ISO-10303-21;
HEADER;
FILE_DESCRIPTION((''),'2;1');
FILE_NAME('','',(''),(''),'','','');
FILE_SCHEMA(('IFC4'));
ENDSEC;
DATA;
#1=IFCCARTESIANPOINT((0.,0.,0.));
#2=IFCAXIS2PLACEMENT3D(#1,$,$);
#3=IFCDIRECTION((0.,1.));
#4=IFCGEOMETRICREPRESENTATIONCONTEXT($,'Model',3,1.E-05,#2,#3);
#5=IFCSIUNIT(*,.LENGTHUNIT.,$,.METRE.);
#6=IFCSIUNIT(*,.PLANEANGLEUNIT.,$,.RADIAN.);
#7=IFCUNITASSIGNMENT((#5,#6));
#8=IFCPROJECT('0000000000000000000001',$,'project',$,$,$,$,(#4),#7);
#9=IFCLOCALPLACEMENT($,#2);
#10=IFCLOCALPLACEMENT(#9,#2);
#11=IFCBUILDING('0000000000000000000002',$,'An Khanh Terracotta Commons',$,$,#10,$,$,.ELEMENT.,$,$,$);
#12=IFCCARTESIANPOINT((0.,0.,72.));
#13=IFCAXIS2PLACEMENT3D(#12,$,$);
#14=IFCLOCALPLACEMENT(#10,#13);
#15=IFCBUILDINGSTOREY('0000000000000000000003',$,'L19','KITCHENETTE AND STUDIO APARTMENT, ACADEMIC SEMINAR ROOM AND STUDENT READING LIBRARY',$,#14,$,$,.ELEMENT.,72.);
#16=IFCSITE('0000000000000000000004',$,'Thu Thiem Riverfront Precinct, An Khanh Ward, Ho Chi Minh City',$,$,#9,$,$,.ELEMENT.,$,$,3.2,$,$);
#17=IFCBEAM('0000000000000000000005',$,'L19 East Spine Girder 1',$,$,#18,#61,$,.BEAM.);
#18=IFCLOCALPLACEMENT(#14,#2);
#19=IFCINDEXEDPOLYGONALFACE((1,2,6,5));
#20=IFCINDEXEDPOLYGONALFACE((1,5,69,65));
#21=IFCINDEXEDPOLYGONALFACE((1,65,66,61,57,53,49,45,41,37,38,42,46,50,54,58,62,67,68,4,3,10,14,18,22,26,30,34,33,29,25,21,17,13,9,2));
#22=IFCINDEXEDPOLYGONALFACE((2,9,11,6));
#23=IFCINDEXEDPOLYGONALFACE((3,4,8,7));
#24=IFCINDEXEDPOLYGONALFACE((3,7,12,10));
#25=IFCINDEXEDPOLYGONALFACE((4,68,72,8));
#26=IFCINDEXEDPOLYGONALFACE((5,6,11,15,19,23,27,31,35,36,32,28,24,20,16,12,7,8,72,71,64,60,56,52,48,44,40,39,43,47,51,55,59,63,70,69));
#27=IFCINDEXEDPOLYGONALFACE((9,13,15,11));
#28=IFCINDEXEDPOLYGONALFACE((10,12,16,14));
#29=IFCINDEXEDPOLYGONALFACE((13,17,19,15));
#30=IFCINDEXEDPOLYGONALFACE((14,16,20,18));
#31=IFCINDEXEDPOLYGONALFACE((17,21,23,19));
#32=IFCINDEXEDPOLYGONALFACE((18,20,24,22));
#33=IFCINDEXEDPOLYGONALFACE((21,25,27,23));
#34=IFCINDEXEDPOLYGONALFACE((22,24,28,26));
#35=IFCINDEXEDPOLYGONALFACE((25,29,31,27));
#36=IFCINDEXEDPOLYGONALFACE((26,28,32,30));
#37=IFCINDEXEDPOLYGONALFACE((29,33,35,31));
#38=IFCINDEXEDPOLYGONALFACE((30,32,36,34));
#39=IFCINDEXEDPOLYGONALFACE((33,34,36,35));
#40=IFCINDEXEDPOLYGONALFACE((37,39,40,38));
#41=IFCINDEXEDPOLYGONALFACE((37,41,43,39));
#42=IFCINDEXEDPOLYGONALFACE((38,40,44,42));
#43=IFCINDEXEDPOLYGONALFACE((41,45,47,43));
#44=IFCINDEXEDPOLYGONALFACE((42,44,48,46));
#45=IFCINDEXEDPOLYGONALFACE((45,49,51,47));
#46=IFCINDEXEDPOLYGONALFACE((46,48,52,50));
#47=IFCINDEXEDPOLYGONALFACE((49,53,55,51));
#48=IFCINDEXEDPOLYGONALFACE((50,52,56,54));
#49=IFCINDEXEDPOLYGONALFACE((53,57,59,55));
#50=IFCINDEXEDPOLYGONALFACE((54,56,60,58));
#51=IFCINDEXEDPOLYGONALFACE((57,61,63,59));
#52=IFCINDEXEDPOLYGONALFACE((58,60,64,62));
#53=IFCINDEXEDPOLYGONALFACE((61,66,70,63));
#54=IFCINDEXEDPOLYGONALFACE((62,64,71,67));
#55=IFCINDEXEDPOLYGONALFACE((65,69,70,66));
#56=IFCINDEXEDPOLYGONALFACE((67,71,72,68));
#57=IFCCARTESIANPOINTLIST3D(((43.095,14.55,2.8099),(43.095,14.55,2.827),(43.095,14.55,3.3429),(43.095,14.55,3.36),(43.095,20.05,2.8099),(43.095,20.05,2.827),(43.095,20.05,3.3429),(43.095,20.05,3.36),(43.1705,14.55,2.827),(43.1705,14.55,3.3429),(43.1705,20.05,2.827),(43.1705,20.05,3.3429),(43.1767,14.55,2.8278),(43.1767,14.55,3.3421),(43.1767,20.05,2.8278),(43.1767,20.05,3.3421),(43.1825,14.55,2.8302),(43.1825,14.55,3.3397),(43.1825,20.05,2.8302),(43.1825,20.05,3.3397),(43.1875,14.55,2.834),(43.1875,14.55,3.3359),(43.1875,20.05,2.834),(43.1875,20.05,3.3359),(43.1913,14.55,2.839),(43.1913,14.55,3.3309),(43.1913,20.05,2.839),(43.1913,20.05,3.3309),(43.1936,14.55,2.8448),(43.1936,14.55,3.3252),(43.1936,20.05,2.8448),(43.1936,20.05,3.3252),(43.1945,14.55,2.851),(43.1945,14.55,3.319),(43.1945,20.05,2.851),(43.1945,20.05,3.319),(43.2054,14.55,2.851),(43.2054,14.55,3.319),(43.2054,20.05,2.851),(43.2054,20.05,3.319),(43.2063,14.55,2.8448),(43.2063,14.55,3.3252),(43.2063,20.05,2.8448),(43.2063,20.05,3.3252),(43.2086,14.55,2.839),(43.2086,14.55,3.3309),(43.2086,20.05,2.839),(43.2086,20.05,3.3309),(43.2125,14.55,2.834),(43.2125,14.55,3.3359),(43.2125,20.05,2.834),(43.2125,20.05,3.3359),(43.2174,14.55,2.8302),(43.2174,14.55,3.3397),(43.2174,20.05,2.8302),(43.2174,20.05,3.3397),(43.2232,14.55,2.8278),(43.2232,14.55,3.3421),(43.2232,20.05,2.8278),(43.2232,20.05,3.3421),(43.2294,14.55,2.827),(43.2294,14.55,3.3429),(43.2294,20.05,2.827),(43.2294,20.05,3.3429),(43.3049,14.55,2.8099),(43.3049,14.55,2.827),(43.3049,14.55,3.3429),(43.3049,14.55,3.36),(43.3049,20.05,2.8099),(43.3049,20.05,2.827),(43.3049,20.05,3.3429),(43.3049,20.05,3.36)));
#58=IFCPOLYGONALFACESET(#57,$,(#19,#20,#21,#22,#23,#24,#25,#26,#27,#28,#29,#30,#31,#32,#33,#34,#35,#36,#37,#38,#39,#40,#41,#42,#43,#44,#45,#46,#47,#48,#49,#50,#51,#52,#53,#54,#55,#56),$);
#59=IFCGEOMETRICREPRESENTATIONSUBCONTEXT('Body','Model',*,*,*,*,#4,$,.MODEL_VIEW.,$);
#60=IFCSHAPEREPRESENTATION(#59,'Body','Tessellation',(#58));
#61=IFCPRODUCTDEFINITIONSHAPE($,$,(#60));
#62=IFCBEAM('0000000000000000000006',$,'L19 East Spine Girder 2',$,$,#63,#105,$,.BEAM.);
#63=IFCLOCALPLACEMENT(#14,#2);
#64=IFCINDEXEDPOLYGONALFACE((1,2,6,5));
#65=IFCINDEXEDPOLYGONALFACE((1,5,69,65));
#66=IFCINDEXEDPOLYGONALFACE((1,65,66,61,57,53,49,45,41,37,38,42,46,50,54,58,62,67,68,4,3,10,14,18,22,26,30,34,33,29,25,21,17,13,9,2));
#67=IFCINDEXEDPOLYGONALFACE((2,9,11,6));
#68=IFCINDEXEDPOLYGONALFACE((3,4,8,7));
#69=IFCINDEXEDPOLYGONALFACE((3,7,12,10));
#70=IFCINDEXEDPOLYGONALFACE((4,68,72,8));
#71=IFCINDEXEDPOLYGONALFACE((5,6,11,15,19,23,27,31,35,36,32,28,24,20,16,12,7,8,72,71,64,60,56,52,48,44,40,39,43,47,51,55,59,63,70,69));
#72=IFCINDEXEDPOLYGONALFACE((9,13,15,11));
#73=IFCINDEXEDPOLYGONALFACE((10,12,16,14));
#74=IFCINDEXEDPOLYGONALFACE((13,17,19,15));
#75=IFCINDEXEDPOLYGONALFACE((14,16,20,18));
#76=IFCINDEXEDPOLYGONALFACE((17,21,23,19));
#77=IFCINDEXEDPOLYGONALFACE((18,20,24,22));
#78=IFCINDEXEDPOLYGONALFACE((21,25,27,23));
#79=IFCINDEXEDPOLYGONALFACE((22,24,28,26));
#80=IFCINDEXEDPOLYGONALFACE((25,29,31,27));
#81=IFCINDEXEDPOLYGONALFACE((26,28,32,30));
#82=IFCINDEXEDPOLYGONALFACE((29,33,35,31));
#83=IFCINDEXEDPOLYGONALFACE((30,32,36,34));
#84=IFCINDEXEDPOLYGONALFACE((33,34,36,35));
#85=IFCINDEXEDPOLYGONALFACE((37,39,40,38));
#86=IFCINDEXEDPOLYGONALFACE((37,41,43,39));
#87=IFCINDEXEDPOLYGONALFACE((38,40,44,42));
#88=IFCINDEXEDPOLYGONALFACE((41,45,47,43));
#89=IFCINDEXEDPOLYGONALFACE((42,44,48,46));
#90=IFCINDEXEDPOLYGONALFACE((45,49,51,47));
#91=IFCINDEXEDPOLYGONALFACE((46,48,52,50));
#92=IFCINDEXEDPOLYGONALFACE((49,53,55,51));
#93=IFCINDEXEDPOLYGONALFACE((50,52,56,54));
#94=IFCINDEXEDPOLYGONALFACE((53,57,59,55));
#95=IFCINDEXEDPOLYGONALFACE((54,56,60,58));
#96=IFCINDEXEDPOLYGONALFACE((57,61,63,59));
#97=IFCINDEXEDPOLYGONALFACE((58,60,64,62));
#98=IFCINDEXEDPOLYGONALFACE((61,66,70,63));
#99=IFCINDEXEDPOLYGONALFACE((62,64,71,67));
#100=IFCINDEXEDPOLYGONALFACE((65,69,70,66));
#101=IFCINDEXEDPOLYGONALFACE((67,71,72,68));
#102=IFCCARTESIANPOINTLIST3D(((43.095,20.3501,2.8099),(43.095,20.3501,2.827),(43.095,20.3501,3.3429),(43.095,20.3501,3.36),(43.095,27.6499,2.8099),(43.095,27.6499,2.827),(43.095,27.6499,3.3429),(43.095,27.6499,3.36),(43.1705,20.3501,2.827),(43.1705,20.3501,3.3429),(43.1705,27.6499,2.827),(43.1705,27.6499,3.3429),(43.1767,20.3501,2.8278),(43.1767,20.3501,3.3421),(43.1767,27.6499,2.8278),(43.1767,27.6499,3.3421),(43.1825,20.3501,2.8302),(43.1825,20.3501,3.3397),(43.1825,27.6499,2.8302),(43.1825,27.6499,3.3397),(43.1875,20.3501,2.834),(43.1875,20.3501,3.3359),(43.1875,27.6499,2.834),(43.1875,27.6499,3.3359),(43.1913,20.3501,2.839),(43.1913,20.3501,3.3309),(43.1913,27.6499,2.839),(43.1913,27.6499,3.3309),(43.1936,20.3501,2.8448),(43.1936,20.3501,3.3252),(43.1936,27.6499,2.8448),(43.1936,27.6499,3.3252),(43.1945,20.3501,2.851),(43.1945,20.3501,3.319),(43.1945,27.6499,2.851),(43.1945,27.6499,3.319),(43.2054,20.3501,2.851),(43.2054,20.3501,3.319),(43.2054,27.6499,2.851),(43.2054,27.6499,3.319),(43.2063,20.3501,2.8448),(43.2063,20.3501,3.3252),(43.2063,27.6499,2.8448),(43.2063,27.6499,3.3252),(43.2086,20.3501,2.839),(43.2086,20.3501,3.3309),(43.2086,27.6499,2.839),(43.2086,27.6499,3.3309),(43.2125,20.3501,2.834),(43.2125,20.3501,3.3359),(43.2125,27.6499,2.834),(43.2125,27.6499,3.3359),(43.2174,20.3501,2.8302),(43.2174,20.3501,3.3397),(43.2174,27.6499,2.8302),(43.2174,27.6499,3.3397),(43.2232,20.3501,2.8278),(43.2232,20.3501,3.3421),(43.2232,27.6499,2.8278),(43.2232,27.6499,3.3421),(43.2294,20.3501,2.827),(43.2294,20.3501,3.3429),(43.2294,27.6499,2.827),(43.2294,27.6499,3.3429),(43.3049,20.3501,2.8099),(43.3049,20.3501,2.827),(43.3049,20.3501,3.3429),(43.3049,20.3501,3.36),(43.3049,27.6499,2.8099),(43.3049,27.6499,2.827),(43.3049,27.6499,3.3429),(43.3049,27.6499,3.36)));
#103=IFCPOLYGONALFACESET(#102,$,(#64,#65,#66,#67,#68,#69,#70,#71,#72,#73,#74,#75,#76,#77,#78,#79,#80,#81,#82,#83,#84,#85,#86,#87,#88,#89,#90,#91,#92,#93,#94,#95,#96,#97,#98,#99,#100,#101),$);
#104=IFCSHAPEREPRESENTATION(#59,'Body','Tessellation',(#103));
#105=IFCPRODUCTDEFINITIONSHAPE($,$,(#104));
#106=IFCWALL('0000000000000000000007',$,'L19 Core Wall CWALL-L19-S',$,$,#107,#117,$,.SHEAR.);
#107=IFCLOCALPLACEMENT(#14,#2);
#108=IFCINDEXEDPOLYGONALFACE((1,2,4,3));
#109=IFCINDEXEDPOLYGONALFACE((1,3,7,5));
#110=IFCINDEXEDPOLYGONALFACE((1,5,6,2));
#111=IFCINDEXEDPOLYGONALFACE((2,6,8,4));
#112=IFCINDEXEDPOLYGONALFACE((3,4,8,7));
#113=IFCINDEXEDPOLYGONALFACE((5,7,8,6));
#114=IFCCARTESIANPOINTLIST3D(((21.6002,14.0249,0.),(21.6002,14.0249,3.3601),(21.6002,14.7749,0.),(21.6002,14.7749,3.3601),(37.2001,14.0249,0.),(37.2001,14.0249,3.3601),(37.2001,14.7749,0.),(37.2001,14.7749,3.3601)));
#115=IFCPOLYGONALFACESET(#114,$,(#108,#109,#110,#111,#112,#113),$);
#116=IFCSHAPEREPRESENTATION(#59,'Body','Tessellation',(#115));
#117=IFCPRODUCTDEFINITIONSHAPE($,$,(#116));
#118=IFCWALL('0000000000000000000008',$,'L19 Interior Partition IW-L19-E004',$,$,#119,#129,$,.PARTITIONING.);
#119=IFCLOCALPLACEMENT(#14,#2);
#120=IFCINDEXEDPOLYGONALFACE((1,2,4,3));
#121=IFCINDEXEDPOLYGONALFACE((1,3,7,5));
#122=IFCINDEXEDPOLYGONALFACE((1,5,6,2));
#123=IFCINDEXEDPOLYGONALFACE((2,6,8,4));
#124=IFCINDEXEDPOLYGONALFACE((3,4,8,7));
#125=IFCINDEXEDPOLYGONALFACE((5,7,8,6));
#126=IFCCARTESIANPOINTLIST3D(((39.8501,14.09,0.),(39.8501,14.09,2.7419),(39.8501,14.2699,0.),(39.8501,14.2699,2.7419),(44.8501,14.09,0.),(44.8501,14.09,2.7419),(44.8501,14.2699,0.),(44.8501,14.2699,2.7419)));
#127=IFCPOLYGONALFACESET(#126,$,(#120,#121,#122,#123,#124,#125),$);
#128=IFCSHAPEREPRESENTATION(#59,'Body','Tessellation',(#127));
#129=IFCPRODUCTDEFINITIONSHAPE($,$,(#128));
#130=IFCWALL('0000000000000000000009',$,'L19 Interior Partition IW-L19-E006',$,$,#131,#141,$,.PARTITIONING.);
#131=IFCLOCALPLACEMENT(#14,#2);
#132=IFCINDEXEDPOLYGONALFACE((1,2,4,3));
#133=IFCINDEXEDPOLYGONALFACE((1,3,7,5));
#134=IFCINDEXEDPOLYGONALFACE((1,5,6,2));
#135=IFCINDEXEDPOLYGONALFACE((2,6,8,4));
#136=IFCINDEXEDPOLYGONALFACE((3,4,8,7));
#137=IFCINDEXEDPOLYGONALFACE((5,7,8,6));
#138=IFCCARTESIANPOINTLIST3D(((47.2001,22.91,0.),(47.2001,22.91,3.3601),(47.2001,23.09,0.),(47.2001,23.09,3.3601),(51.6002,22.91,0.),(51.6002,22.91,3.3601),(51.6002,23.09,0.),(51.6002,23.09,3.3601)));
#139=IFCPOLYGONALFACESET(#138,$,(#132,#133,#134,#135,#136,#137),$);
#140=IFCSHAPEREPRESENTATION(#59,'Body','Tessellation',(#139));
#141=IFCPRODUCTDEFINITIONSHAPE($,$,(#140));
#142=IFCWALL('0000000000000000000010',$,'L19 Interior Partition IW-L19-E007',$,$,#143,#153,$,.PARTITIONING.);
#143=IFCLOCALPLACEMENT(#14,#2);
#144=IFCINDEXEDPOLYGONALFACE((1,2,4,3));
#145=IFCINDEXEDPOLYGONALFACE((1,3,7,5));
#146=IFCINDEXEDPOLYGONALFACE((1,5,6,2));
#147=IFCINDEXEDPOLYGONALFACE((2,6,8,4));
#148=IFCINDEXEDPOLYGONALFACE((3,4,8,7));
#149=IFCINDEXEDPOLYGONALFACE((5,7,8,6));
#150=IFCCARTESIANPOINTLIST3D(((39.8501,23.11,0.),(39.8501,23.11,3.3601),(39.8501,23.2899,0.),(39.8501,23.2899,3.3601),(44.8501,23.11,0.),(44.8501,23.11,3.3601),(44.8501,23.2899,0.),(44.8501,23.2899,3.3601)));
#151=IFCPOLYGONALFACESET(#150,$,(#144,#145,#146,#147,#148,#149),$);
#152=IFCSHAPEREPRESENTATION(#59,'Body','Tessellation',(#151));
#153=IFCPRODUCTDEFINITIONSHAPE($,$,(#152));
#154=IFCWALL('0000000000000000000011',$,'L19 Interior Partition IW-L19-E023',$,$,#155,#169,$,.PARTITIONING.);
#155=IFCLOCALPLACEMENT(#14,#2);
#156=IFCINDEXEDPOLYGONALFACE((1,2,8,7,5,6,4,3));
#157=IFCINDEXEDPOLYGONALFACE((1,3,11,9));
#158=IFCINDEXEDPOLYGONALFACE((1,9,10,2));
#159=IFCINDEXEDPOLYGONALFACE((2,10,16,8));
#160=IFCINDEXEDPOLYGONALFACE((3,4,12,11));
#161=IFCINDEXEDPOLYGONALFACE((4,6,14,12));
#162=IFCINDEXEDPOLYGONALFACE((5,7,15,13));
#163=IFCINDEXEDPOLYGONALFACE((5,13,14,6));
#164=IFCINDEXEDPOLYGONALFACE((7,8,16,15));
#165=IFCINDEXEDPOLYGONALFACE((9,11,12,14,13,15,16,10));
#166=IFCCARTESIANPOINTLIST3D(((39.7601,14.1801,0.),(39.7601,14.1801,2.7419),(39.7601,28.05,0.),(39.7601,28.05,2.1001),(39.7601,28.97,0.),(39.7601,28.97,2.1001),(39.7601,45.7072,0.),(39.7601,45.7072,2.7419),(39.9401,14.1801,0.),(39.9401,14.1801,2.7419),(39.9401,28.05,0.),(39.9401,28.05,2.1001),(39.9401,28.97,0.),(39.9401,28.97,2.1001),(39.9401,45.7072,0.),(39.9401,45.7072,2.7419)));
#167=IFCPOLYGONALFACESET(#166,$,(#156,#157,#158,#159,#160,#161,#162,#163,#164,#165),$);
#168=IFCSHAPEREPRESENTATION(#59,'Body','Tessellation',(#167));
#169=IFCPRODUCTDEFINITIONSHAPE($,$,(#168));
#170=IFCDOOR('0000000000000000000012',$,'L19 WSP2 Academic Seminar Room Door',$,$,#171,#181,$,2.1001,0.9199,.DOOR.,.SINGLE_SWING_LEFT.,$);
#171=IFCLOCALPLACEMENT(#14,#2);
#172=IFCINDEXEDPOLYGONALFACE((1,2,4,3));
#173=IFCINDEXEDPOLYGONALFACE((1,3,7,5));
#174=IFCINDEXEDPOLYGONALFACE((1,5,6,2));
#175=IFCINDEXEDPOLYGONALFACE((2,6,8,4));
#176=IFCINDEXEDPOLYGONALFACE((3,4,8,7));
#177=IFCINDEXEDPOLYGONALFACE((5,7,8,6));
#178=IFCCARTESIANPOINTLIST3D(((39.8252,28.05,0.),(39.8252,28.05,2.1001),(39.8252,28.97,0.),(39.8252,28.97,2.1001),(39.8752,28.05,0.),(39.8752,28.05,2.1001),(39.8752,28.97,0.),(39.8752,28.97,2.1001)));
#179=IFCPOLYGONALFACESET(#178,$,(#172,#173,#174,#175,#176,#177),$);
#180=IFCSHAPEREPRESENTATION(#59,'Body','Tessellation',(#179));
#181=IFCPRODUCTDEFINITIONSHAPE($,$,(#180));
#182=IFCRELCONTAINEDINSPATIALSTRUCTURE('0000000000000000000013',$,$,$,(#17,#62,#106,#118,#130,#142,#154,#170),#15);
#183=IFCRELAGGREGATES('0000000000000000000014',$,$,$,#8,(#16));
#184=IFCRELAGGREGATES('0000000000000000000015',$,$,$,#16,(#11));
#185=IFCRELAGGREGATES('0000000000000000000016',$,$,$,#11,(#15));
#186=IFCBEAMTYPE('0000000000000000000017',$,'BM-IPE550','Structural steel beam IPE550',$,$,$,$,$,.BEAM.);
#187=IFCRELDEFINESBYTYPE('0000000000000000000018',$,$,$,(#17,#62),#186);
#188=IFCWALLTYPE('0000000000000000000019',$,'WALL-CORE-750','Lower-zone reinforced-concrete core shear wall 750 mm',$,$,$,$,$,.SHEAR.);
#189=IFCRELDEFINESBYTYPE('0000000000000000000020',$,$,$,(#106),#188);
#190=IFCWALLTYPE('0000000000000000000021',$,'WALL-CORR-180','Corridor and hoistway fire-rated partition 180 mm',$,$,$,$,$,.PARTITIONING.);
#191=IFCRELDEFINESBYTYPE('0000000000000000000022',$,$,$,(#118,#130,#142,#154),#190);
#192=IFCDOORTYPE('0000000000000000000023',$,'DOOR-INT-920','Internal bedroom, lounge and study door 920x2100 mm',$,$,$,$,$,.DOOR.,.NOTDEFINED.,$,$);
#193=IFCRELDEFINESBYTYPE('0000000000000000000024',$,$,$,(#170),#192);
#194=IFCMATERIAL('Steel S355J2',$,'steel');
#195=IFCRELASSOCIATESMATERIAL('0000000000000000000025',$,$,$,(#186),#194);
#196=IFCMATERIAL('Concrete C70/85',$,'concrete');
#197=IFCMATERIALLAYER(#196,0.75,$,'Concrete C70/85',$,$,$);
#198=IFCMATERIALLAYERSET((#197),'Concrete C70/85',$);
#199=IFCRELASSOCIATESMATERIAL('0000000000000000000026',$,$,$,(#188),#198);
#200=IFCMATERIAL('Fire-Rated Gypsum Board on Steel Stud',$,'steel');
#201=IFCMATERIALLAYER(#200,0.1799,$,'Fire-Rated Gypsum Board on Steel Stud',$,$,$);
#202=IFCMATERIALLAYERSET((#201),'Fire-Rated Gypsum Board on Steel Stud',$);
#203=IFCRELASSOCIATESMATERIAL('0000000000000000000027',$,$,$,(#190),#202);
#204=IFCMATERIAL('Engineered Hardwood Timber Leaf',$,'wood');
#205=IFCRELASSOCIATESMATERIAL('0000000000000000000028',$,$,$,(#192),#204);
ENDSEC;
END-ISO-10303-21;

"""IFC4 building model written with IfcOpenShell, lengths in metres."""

from ifc_helpers import new_model, si_unit, direction, frame, frame_2d, origin, origin_2d, place, context, subcontext, project, spatial, rectangle, i_section, extrude, material, layer, layer_set, material_profile, profile_set, type_object, element, fill, save


model = new_model("IFC4")

# Units and contexts
model_context = context("Model", 3, precision=1e-05, world=origin(), true_north=direction((0.0, 1.0)))
body_context = subcontext(model_context, "Body", "Model", "MODEL_VIEW")
ifc_project = project(units=[si_unit("LENGTHUNIT", "METRE"), si_unit("PLANEANGLEUNIT", "RADIAN")], contexts=[model_context])

# Site, building, storey
site_placement = place(None, origin())
site = spatial("IfcSite", under=ifc_project, at=site_placement, Name="Thu Thiem Riverfront Precinct, An Khanh Ward, Ho Chi Minh City", CompositionType="ELEMENT", RefElevation=3.2)
building_placement = place(site_placement, origin())
building = spatial("IfcBuilding", under=site, at=building_placement, Name="An Khanh Terracotta Commons", CompositionType="ELEMENT")
storey_placement = place(building_placement, frame((0.0, 0.0, 72.0)))
storey = spatial("IfcBuildingStorey", under=building, at=storey_placement, Name="L19", Description="KITCHENETTE AND STUDIO APARTMENT, ACADEMIC SEMINAR ROOM AND STUDENT READING LIBRARY", CompositionType="ELEMENT", Elevation=72.0)

# Beams
ifc_material_1 = material(Name="Steel S355J2", Category="steel")
ifc_material_profile_1 = material_profile(ifc_material_1, i_section(OverallWidth=0.21, OverallDepth=0.55, WebThickness=0.011, FlangeThickness=0.0171, FilletRadius=0.0239, at=origin_2d()), Name="IPE550")
ifc_profile_set_1 = profile_set([ifc_material_profile_1], Name="Steel S355J2")
beam_type_1 = type_object("IfcBeamType", Name="BM-IPE550", Description="Structural steel beam IPE550", PredefinedType="BEAM", material=ifc_profile_set_1)
beam_1_placement = place(storey_placement, frame((43.2, 14.55, 3.085), z_axis=(0.0, 1.0, 0.0), x_axis=(-1.0, 0.0, 0.0)))
element("IfcBeam", 1, at=beam_1_placement, inside=storey, type_object=beam_type_1, Name="L19 East Spine Girder 1", PredefinedType="BEAM", context=body_context, shape_type="SweptSolid", body=[
    extrude(i_section(OverallWidth=0.21, OverallDepth=0.55, WebThickness=0.011, FlangeThickness=0.0171, FilletRadius=0.0239, at=origin_2d()), origin(), (0.0, 0.0, 1.0), 5.5),
])
beam_2_placement = place(storey_placement, frame((43.2, 20.3501, 3.085), z_axis=(0.0, 1.0, 0.0), x_axis=(-1.0, 0.0, 0.0)))
element("IfcBeam", 2, at=beam_2_placement, inside=storey, type_object=beam_type_1, Name="L19 East Spine Girder 2", PredefinedType="BEAM", context=body_context, shape_type="SweptSolid", body=[
    extrude(i_section(OverallWidth=0.21, OverallDepth=0.55, WebThickness=0.011, FlangeThickness=0.0171, FilletRadius=0.0239, at=origin_2d()), origin(), (0.0, 0.0, 1.0), 7.2998),
])

# Wall
ifc_material_2 = material(Name="Concrete C70/85", Category="concrete")
ifc_layer_1 = layer(ifc_material_2, 0.75, Name="Concrete C70/85")
ifc_layer_set_1 = layer_set([ifc_layer_1], Name="Concrete C70/85")
wall_type_1 = type_object("IfcWallType", Name="WALL-CORE-750", Description="Lower-zone reinforced-concrete core shear wall 750 mm", PredefinedType="SHEAR", material=ifc_layer_set_1)
wall_1_placement = place(storey_placement, frame((37.2, 14.3999, 0.0), z_axis=(0.0, 0.0, 1.0), x_axis=(-1.0, 0.0, 0.0)))
element("IfcWall", 3, at=wall_1_placement, inside=storey, type_object=wall_type_1, Name="L19 Core Wall CWALL-L19-S", PredefinedType="SHEAR", context=body_context, shape_type="SweptSolid", body=[
    extrude(rectangle(XDim=15.5999, YDim=0.75, at=frame_2d((7.7998, 0.0))), origin(), (0.0, 0.0, 1.0), 3.3601),
])

# Walls
ifc_material_3 = material(Name="Fire-Rated Gypsum Board on Steel Stud", Category="steel")
ifc_layer_2 = layer(ifc_material_3, 0.1799, Name="Fire-Rated Gypsum Board on Steel Stud")
ifc_layer_set_2 = layer_set([ifc_layer_2], Name="Fire-Rated Gypsum Board on Steel Stud")
wall_type_2 = type_object("IfcWallType", Name="WALL-CORR-180", Description="Corridor and hoistway fire-rated partition 180 mm", PredefinedType="PARTITIONING", material=ifc_layer_set_2)
wall_2_placement = place(storey_placement, frame((39.8501, 14.1799, 0.0), z_axis=(0.0, 0.0, 1.0), x_axis=(1.0, 0.0, 0.0)))
element("IfcWall", 4, at=wall_2_placement, inside=storey, type_object=wall_type_2, Name="L19 Interior Partition IW-L19-E004", PredefinedType="PARTITIONING", context=body_context, shape_type="SweptSolid", body=[
    extrude(rectangle(XDim=5.0, YDim=0.1799, at=frame_2d((2.5, 0.0))), origin(), (0.0, 0.0, 1.0), 2.7419),
])
wall_3_placement = place(storey_placement, frame((47.2, 23.0, 0.0), z_axis=(0.0, 0.0, 1.0), x_axis=(1.0, 0.0, 0.0)))
element("IfcWall", 5, at=wall_3_placement, inside=storey, type_object=wall_type_2, Name="L19 Interior Partition IW-L19-E006", PredefinedType="PARTITIONING", context=body_context, shape_type="SweptSolid", body=[
    extrude(rectangle(XDim=4.4001, YDim=0.1799, at=frame_2d((2.2002, 0.0))), origin(), (0.0, 0.0, 1.0), 3.3601),
])
wall_4_placement = place(storey_placement, frame((39.8501, 23.2, 0.0), z_axis=(0.0, 0.0, 1.0), x_axis=(1.0, 0.0, 0.0)))
element("IfcWall", 6, at=wall_4_placement, inside=storey, type_object=wall_type_2, Name="L19 Interior Partition IW-L19-E007", PredefinedType="PARTITIONING", context=body_context, shape_type="SweptSolid", body=[
    extrude(rectangle(XDim=5.0, YDim=0.1799, at=frame_2d((2.5, 0.0))), origin(), (0.0, 0.0, 1.0), 3.3601),
])

# Wall, opening, door
wall_5_placement = place(storey_placement, frame((39.8501, 14.1799, 0.0), z_axis=(0.0, 0.0, 1.0), x_axis=(0.0, 1.0, 0.0)))
wall_5 = element("IfcWall", 7, at=wall_5_placement, inside=storey, type_object=wall_type_2, Name="L19 Interior Partition IW-L19-E023", PredefinedType="PARTITIONING", context=body_context, shape_type="SweptSolid", body=[
    extrude(rectangle(XDim=31.5271, YDim=0.1799, at=frame_2d((15.7637, 0.0))), origin(), (0.0, 0.0, 1.0), 2.7419),
])
opening_1_placement = place(wall_5_placement, frame((13.8701, 0.0, 0.0)))
opening_1 = element("IfcOpeningElement", 8, at=opening_1_placement, cuts=wall_5, PredefinedType="OPENING", context=body_context, shape_type="SweptSolid", body=[
    extrude(rectangle(XDim=0.9199, YDim=2.1001, at=frame_2d((0.46, 1.05))), frame((0.0, 0.0999, 0.0), z_axis=(0.0, -1.0, 0.0), x_axis=(1.0, 0.0, 0.0)), (0.0, 0.0, 1.0), 0.2),
])
ifc_material_4 = material(Name="Engineered Hardwood Timber Leaf", Category="wood")
door_type_1 = type_object("IfcDoorType", Name="DOOR-INT-920", Description="Internal bedroom, lounge and study door 920x2100 mm", OperationType="NOTDEFINED", PredefinedType="DOOR", material=ifc_material_4)
door_1_placement = place(opening_1_placement, origin())
door_1 = element("IfcDoor", 9, at=door_1_placement, inside=storey, type_object=door_type_1, Name="L19 WSP2 Academic Seminar Room Door", OperationType="SINGLE_SWING_LEFT", OverallHeight=2.1001, OverallWidth=0.9199, PredefinedType="DOOR", context=body_context, shape_type="SweptSolid", body=[
    extrude(rectangle(XDim=0.9199, YDim=2.1001, at=frame_2d((0.46, 1.05))), frame((0.0, 0.0249, 0.0), z_axis=(0.0, -1.0, 0.0), x_axis=(1.0, 0.0, 0.0)), (0.0, 0.0, 1.0), 0.05),
])
fill(opening_1, door_1)

save(model, "model.ifc")
